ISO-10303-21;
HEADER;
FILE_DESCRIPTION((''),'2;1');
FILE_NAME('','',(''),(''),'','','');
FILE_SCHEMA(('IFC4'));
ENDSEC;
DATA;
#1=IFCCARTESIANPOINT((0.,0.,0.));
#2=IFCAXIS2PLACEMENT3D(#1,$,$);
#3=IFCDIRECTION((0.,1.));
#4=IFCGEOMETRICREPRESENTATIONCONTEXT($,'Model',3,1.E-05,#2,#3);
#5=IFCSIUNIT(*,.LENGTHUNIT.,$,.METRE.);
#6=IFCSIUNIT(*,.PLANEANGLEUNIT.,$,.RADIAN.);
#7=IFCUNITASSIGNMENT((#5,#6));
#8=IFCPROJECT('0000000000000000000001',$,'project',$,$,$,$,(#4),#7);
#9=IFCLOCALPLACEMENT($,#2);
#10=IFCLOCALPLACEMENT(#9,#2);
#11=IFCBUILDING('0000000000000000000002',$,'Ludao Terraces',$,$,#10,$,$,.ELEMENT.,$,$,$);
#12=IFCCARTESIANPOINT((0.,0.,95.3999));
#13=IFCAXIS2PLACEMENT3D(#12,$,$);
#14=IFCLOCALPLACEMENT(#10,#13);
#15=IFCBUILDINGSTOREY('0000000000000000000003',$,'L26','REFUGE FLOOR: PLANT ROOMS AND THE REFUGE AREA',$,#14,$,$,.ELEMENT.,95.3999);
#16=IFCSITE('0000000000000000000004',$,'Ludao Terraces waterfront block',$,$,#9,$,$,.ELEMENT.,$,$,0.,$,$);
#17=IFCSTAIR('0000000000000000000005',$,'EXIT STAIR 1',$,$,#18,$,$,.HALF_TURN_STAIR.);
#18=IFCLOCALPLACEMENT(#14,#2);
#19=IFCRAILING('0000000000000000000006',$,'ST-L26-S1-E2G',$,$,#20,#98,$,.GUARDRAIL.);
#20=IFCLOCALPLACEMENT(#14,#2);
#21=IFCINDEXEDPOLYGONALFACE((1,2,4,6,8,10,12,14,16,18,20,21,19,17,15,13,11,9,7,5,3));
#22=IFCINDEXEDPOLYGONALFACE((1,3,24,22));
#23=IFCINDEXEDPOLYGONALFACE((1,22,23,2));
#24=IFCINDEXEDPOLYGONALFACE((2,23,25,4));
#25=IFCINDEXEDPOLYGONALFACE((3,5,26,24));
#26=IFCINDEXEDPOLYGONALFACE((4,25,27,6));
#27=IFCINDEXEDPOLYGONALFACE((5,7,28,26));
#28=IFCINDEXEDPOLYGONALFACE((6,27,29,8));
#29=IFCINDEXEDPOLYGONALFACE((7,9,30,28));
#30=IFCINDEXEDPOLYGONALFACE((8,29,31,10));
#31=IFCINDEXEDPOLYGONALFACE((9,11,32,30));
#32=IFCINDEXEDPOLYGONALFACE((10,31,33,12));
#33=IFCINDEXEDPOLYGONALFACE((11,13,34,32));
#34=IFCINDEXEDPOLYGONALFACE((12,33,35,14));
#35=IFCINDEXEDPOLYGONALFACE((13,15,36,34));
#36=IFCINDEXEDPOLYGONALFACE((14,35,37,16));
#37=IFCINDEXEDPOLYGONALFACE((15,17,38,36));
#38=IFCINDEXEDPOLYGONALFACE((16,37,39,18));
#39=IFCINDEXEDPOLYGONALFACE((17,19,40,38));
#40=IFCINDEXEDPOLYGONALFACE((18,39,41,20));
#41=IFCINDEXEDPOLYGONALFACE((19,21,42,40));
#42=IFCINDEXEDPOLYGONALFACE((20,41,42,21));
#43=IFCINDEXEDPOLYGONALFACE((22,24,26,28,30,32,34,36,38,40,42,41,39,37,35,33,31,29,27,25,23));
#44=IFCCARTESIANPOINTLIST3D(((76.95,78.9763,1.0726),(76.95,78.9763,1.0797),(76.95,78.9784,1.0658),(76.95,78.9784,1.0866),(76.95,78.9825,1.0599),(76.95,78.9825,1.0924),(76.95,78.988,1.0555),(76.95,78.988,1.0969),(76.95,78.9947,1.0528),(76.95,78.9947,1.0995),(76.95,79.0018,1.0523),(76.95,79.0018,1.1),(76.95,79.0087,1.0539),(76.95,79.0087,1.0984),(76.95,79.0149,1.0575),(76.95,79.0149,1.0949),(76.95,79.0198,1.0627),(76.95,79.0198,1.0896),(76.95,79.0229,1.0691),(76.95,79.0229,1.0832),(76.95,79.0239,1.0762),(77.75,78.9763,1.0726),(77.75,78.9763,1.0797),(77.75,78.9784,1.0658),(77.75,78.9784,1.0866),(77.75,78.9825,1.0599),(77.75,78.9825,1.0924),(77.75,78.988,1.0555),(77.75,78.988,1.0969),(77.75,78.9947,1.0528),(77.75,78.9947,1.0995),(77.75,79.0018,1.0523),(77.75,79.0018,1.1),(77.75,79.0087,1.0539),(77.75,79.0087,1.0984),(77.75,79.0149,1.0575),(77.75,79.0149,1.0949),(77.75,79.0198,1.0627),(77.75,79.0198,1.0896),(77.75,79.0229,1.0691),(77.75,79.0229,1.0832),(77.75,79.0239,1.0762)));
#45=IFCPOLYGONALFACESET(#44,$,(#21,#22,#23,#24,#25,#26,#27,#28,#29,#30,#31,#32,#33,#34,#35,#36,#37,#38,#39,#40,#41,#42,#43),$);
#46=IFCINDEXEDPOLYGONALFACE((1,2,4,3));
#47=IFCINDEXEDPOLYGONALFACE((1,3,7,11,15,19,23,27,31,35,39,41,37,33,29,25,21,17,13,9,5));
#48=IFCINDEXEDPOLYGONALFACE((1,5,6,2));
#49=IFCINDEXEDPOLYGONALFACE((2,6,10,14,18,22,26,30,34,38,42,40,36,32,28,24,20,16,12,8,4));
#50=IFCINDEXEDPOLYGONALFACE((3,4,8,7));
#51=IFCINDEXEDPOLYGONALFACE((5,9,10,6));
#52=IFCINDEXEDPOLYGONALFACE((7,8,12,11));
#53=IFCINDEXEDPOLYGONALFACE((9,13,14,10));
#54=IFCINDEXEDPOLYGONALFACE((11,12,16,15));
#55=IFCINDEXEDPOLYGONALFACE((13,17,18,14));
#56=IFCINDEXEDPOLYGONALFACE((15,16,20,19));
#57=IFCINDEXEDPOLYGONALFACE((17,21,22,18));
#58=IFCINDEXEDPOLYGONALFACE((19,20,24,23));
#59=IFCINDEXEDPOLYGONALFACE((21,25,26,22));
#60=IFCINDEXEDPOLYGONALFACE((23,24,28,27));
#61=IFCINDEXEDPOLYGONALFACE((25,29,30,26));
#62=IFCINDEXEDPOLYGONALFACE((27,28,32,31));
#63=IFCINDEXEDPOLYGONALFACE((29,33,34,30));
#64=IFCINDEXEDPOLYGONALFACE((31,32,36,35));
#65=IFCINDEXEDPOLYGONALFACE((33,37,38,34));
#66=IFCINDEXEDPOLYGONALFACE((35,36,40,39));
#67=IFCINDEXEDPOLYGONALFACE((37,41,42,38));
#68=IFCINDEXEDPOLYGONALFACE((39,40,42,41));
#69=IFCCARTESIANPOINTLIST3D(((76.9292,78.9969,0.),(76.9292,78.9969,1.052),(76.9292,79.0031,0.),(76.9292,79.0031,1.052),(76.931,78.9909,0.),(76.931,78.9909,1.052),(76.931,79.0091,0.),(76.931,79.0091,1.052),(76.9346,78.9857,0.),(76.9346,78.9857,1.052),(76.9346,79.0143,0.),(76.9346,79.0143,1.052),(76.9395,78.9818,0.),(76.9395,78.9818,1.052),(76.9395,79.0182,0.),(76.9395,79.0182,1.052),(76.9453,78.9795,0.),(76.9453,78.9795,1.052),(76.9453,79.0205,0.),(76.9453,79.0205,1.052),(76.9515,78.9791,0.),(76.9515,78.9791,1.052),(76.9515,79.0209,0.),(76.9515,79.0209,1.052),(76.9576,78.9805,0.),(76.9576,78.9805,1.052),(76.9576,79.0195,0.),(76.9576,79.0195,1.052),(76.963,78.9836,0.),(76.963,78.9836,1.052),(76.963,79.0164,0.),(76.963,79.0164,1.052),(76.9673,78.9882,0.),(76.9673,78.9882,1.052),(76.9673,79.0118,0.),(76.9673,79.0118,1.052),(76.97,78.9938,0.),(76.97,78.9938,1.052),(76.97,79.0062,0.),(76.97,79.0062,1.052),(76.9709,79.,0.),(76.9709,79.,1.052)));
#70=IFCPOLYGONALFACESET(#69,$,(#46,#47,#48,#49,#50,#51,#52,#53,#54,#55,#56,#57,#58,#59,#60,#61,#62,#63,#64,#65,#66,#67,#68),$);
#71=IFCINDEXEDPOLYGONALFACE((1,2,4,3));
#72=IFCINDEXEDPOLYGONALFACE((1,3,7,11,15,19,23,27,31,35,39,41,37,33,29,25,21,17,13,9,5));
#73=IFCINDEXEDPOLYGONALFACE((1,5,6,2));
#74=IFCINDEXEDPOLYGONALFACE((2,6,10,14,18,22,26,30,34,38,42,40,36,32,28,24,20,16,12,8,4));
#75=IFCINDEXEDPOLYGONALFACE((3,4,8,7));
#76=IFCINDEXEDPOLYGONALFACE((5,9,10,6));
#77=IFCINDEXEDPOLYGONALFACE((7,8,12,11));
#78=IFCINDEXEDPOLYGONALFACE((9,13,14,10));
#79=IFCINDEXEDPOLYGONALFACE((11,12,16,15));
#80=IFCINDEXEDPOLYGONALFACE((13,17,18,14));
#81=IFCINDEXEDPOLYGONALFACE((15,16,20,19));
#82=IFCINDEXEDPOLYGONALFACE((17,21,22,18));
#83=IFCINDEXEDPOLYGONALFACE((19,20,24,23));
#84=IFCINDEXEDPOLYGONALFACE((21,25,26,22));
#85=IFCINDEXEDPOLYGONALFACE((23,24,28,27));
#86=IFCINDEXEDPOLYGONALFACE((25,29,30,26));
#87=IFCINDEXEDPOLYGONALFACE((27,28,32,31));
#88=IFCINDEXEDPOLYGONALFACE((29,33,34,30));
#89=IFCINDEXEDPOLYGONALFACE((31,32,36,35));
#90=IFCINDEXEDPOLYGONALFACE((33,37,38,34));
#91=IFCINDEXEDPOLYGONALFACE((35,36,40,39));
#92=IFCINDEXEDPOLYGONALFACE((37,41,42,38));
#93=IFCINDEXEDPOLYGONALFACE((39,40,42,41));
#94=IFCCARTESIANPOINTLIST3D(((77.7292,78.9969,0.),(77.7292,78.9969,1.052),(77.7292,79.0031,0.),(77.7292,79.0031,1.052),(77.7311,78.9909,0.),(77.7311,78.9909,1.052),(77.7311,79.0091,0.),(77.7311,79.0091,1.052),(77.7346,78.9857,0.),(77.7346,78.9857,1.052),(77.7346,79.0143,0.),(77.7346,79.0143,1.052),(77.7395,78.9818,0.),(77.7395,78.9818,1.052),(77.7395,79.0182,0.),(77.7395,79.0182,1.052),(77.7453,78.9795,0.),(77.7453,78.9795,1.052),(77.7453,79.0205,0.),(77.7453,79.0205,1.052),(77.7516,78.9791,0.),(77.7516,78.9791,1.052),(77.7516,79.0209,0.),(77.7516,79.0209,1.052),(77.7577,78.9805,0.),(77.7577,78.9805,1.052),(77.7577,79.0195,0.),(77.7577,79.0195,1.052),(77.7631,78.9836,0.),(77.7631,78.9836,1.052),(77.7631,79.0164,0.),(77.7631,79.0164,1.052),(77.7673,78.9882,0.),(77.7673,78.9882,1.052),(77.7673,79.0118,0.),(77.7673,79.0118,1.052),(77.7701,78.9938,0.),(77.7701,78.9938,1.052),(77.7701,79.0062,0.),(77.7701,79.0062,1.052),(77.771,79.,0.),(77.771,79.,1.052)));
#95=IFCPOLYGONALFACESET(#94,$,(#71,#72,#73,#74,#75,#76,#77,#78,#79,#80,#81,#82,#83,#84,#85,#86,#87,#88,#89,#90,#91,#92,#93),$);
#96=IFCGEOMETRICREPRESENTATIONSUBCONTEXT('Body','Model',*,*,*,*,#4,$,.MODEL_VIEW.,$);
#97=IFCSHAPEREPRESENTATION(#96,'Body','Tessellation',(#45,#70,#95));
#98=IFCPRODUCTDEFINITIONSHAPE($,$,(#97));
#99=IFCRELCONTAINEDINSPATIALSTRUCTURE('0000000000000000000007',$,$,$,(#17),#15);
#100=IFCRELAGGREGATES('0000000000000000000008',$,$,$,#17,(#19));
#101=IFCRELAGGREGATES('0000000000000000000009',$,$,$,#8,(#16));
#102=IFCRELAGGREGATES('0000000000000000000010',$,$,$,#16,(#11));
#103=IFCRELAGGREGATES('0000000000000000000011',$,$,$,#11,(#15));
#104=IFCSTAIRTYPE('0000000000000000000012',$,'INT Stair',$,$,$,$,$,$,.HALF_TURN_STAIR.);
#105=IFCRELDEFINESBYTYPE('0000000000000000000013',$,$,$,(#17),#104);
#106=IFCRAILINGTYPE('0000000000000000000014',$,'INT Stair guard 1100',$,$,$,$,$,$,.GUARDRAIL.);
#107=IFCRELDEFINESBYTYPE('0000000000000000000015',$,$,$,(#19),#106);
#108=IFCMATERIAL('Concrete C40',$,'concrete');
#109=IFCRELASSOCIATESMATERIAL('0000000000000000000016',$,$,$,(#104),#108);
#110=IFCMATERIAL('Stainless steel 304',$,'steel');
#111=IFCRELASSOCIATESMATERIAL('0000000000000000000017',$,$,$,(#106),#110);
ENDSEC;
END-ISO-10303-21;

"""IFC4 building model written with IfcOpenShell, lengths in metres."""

from ifc_helpers import new_model, si_unit, direction, frame, origin, origin_2d, place, context, subcontext, project, spatial, circle, extrude, material, type_object, element, aggregate, save


model = new_model("IFC4")

# Units and contexts
model_context = context("Model", 3, precision=1e-05, world=origin(), true_north=direction((0.0, 1.0)))
body_context = subcontext(model_context, "Body", "Model", "MODEL_VIEW")
ifc_project = project(units=[si_unit("LENGTHUNIT", "METRE"), si_unit("PLANEANGLEUNIT", "RADIAN")], contexts=[model_context])

# Site, building, storey
site_placement = place(None, origin())
site = spatial("IfcSite", under=ifc_project, at=site_placement, Name="Ludao Terraces waterfront block", CompositionType="ELEMENT", RefElevation=0.0)
building_placement = place(site_placement, origin())
building = spatial("IfcBuilding", under=site, at=building_placement, Name="Ludao Terraces", CompositionType="ELEMENT")
storey_placement = place(building_placement, frame((0.0, 0.0, 95.3999)))
storey = spatial("IfcBuildingStorey", under=building, at=storey_placement, Name="L26", Description="REFUGE FLOOR: PLANT ROOMS AND THE REFUGE AREA", CompositionType="ELEMENT", Elevation=95.3999)

# Shared definitions
ifc_material_1 = material(Name="Stainless steel 304", Category="steel")

# Stair, railing
ifc_material_2 = material(Name="Concrete C40", Category="concrete")
stair_type = type_object("IfcStairType", Name="INT Stair", PredefinedType="HALF_TURN_STAIR", material=ifc_material_2)
stair_placement = place(storey_placement, origin())
stair = element("IfcStair", 1, at=stair_placement, inside=storey, type_object=stair_type, Name="EXIT STAIR 1", PredefinedType="HALF_TURN_STAIR")
railing_type_1 = type_object("IfcRailingType", Name="INT Stair guard 1100", PredefinedType="GUARDRAIL", material=ifc_material_1)
railing_1_placement = place(storey_placement, frame((76.95, 79.0, 0.0)))
railing_1 = element("IfcRailing", 2, at=railing_1_placement, type_object=railing_type_1, Name="ST-L26-S1-E2G", PredefinedType="GUARDRAIL", context=body_context, shape_type="SweptSolid", body=[
    extrude(circle(Radius=0.0239, at=origin_2d()), frame((0.0, 0.0, 1.0762), z_axis=(1.0, 0.0, 0.0), x_axis=(0.0, 1.0, 0.0)), (0.0, 0.0, 1.0), 0.8),
    extrude(circle(Radius=0.021, at=origin_2d()), origin(), (0.0, 0.0, 1.0), 1.052),
    extrude(circle(Radius=0.021, at=origin_2d()), frame((0.8, 0.0, 0.0)), (0.0, 0.0, 1.0), 1.052),
])
aggregate(stair, [railing_1])

save(model, "model.ifc")
